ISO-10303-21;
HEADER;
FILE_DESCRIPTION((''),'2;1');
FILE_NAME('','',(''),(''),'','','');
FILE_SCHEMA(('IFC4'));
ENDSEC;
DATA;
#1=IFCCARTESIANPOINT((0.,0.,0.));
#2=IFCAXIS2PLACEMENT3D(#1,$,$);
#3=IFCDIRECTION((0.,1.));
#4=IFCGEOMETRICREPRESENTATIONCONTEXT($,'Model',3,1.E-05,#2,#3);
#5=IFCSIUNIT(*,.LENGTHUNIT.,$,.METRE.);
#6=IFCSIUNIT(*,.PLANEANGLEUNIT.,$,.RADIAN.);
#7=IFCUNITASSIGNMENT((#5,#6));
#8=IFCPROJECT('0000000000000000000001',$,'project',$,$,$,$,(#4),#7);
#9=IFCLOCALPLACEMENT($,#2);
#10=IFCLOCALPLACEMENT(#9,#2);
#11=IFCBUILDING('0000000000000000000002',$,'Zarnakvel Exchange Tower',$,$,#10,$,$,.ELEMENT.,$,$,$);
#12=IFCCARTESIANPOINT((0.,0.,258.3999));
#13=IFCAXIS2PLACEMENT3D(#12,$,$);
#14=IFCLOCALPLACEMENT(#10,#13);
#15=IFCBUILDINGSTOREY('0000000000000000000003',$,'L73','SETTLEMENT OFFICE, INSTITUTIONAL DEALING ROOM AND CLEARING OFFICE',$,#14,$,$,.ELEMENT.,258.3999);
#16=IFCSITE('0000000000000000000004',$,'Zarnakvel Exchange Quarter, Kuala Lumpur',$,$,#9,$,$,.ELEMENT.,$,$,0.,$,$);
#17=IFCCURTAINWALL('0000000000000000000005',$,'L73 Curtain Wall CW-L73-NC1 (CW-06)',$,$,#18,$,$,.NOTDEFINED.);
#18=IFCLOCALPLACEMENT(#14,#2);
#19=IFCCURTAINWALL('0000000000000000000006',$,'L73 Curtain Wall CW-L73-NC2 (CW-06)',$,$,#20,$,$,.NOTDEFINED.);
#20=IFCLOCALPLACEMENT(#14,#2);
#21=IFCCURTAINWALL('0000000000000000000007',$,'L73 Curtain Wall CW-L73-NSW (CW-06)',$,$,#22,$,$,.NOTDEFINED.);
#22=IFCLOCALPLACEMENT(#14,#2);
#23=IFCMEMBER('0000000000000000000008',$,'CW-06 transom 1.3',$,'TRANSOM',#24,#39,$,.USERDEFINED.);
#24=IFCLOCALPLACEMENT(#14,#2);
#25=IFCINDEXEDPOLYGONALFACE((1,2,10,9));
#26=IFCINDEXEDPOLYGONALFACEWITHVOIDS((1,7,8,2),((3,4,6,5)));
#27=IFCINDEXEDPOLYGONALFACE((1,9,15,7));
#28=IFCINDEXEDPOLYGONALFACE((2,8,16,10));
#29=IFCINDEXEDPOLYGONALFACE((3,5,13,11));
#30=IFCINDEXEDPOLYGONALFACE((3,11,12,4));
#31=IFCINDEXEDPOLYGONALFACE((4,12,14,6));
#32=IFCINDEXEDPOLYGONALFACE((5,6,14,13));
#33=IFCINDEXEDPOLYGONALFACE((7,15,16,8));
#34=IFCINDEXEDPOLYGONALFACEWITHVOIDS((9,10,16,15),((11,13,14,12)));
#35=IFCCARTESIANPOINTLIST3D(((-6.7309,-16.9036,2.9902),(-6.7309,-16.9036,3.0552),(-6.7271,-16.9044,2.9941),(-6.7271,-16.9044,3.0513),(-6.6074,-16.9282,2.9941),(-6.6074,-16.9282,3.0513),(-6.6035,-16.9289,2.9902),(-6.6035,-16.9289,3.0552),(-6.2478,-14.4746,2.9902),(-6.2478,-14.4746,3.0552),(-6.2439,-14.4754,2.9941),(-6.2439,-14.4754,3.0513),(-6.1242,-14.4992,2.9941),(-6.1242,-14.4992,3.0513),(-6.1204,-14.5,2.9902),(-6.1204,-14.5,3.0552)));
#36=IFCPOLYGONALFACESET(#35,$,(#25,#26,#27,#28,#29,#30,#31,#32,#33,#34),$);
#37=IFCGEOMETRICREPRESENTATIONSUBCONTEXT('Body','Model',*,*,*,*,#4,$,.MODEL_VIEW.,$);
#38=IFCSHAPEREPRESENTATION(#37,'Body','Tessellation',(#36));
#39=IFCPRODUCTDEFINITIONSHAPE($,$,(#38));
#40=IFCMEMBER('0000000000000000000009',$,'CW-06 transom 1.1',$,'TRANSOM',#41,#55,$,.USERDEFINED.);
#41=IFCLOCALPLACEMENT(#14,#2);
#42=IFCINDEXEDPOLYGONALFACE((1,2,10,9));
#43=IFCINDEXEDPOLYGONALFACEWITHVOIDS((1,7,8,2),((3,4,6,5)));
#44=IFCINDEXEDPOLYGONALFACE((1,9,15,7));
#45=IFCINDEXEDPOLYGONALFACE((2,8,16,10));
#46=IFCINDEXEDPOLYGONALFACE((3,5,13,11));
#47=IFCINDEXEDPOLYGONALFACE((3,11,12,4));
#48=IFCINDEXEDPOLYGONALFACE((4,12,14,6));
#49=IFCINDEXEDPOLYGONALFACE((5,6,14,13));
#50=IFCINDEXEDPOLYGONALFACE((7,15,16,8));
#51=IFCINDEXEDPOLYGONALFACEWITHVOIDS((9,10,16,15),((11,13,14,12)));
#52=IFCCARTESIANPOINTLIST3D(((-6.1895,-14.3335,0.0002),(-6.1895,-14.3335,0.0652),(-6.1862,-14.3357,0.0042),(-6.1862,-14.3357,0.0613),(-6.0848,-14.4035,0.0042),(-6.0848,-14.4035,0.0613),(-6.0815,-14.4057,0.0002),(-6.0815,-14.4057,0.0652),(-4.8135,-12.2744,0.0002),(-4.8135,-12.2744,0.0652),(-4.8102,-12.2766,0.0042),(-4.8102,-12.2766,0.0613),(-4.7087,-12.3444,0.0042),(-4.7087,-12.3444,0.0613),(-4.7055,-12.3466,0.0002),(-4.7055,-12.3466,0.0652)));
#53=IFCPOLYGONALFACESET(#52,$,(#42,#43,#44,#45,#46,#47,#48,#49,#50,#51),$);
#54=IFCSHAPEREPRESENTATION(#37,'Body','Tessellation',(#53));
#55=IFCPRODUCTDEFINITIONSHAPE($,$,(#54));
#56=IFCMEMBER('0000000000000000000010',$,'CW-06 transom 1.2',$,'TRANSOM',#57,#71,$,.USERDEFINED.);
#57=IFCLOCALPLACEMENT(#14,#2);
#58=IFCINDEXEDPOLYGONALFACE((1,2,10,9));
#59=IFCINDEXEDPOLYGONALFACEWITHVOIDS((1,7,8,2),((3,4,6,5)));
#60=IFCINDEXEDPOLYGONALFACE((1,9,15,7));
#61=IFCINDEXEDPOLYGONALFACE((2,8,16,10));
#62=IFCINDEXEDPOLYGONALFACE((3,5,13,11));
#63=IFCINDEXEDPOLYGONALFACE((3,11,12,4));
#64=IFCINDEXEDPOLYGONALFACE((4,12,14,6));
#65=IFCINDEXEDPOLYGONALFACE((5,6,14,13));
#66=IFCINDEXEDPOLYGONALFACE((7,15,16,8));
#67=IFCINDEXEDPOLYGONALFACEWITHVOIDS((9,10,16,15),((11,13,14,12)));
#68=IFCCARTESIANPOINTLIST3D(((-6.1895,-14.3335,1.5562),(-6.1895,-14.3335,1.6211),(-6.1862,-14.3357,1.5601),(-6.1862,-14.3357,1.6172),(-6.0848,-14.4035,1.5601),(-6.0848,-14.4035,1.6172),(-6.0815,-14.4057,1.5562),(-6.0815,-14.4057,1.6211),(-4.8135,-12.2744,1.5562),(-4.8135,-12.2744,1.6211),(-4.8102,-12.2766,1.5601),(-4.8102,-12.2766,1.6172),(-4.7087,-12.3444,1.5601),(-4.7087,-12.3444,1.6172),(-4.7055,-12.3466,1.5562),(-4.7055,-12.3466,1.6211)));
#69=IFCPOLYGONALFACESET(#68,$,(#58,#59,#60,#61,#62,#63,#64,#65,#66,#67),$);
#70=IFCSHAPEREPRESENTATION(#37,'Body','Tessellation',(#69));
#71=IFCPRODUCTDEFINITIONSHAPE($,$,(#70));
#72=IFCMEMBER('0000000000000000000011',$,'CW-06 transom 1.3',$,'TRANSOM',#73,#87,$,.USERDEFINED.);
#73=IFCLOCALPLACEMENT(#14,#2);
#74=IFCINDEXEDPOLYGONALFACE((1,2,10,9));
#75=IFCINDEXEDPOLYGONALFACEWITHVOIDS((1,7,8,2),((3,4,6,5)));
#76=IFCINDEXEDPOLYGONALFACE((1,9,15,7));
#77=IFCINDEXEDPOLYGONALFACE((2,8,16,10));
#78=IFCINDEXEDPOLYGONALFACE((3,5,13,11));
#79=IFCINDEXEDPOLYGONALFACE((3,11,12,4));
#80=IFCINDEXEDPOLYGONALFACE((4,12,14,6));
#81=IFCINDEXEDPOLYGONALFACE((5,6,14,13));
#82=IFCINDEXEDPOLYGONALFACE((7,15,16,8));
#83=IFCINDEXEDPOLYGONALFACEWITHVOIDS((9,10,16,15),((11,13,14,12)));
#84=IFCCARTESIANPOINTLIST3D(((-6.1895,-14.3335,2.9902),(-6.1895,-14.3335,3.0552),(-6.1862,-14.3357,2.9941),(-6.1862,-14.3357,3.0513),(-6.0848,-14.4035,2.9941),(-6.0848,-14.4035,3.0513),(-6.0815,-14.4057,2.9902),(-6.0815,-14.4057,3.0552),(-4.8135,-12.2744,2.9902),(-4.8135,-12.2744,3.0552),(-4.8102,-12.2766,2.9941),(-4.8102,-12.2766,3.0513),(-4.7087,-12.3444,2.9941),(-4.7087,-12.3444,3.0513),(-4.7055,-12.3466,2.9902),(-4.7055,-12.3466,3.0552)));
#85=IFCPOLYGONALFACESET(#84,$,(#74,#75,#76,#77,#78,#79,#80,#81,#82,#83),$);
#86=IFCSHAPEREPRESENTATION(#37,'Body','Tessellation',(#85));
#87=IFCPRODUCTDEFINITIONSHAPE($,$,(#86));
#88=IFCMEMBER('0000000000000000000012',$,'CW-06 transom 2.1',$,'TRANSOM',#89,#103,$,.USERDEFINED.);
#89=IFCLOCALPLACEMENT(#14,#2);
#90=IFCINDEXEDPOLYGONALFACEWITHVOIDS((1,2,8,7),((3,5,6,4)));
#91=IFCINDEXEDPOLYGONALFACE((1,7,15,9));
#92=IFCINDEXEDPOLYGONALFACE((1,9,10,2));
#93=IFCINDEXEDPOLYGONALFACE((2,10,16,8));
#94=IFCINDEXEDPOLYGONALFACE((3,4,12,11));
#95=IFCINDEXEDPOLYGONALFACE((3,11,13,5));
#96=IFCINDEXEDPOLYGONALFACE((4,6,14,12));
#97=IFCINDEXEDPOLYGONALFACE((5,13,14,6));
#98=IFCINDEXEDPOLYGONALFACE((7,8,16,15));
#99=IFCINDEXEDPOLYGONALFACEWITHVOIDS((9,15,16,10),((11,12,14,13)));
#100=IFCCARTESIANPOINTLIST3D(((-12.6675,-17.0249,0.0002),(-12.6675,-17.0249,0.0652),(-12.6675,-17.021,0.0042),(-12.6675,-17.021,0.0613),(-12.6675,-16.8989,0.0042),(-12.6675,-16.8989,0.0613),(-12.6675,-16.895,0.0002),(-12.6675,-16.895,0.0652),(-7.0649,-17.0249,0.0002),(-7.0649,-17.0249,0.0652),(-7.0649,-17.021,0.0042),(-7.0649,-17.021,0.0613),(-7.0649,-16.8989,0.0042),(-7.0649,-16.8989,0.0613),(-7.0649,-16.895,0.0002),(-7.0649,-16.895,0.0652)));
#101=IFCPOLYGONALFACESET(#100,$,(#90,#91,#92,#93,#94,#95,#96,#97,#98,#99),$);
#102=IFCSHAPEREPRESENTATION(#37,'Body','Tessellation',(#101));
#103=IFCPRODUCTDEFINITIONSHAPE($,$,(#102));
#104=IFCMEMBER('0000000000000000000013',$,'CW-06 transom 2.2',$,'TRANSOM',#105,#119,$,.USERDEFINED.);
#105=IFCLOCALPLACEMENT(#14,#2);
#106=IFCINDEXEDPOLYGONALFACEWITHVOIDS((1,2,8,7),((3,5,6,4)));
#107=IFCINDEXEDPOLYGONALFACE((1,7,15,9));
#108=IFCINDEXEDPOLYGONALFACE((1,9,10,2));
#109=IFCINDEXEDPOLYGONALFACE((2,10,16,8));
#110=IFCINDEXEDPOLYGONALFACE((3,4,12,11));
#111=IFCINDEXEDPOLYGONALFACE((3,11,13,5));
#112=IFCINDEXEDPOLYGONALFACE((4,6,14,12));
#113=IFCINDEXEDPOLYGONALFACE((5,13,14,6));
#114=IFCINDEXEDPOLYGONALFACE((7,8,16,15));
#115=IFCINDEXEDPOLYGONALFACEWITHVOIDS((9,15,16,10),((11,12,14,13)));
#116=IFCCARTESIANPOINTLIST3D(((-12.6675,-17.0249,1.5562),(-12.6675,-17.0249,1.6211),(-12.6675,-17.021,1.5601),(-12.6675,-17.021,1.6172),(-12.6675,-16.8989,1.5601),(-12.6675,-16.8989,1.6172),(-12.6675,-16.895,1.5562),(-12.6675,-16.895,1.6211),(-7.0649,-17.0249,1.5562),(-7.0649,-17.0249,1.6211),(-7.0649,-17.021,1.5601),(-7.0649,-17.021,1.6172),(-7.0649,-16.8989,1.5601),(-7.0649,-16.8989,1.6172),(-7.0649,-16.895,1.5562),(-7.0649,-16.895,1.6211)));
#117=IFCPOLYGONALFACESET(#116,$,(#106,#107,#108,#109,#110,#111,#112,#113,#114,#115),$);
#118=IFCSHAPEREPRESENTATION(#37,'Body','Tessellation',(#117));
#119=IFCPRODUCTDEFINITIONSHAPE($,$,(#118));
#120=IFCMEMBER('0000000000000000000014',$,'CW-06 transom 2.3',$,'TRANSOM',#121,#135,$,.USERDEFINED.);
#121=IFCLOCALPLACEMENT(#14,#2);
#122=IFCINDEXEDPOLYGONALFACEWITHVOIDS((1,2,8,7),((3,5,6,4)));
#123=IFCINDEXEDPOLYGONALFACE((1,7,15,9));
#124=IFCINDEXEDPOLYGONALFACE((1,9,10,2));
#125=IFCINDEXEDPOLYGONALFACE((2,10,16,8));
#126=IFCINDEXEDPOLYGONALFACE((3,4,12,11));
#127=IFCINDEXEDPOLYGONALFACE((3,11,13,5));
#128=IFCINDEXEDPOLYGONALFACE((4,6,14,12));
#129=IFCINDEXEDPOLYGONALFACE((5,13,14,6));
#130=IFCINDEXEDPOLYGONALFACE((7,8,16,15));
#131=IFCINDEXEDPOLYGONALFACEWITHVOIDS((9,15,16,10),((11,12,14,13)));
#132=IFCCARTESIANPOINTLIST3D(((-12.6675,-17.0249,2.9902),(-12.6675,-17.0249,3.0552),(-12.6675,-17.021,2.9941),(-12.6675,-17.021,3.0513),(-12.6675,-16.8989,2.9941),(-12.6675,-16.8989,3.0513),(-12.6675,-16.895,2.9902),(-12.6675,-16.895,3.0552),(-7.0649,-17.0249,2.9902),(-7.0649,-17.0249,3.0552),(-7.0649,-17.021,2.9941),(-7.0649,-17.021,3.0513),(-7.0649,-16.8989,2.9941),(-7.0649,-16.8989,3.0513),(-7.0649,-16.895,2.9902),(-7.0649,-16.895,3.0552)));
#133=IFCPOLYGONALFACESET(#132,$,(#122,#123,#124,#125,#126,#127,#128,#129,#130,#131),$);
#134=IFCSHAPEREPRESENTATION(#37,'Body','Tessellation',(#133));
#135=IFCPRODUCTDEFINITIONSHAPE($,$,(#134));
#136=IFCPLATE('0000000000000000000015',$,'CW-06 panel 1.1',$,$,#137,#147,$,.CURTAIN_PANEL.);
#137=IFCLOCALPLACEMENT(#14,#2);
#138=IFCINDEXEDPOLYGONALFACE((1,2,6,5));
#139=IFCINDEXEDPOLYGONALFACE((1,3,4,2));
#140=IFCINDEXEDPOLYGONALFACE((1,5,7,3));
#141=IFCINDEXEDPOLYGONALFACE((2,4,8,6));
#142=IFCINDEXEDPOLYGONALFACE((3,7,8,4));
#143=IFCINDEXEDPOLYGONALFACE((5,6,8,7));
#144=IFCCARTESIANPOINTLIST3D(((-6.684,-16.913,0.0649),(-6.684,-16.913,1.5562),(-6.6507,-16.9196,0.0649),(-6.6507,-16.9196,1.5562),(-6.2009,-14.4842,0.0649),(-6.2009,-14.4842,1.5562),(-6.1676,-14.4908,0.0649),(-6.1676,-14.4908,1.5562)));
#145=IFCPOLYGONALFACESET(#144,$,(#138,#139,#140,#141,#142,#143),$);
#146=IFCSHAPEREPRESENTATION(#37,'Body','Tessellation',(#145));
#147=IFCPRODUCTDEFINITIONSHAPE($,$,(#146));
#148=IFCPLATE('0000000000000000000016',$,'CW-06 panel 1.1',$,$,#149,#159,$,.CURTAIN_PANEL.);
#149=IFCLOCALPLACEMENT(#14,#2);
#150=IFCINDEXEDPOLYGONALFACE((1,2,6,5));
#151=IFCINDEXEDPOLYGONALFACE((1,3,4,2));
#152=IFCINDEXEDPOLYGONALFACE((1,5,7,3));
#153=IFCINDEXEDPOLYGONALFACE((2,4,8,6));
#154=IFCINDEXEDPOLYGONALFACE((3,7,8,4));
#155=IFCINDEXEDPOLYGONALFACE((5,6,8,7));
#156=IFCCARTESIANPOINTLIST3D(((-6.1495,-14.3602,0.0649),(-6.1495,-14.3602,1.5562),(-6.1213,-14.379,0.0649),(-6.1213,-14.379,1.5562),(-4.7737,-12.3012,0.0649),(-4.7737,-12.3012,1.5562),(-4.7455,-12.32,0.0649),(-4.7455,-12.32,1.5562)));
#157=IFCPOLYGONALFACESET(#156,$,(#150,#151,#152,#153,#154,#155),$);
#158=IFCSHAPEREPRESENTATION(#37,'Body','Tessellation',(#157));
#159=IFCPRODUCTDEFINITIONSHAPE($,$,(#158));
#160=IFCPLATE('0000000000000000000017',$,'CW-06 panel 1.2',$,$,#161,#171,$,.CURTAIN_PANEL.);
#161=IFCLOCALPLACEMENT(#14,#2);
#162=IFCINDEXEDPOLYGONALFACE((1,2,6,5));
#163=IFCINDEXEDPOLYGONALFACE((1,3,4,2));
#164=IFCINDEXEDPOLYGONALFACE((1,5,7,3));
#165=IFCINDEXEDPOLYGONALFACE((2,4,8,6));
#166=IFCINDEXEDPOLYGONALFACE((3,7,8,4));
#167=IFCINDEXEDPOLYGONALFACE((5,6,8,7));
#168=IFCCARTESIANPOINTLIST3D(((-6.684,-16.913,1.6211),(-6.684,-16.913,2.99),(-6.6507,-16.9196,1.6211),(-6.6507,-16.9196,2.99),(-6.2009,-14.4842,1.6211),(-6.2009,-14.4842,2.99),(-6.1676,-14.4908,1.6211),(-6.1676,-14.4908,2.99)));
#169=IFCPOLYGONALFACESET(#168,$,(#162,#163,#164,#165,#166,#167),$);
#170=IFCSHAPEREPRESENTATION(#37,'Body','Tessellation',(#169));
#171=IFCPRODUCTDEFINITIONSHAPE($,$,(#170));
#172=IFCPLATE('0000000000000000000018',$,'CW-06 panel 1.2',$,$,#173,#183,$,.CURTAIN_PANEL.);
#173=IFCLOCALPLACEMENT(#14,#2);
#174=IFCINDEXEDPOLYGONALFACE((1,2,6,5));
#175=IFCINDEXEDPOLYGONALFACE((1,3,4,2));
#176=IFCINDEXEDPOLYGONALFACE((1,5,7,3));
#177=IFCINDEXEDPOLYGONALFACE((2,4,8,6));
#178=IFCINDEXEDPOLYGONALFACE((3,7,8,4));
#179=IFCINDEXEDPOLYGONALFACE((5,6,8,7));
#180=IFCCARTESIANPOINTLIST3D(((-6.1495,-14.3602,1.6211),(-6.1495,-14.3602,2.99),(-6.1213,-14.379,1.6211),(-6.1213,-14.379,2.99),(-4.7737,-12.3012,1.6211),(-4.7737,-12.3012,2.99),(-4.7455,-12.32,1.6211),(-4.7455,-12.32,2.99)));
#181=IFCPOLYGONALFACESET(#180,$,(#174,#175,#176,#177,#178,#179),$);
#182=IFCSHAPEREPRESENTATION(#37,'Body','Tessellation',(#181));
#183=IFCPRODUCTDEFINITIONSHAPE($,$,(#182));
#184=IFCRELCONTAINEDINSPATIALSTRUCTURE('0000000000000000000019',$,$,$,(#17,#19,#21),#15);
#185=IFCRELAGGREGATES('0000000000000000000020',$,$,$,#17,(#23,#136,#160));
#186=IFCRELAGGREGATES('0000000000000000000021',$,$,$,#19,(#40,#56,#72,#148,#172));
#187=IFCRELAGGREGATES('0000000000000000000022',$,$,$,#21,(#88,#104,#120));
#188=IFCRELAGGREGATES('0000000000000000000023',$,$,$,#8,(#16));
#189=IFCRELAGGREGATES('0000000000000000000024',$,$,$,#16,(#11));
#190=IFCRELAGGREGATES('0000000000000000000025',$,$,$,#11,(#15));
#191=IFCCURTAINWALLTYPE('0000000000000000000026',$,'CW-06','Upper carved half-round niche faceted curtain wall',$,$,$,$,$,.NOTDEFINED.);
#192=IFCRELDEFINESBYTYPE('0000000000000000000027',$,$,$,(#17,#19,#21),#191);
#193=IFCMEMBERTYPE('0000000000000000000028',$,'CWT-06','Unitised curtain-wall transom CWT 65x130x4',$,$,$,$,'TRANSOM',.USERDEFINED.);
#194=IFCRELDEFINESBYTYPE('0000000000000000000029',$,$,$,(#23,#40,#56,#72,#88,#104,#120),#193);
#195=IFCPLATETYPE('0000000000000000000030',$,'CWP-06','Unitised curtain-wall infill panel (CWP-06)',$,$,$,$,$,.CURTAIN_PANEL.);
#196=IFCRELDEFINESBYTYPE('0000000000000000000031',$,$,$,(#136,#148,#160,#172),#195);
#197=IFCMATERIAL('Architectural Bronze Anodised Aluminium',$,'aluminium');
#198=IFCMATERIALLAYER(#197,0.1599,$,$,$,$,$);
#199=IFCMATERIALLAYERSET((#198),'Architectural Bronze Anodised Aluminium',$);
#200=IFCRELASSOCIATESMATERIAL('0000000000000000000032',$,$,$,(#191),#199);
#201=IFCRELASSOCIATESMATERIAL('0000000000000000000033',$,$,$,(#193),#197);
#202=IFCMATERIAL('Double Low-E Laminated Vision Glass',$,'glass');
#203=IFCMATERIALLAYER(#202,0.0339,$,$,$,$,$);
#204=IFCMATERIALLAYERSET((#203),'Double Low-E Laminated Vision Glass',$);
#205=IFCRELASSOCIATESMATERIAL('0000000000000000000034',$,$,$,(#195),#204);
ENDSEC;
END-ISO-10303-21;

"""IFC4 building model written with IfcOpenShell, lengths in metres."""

from ifc_helpers import new_model, si_unit, direction, frame, origin, origin_2d, place, context, subcontext, project, spatial, rectangle, hollow_rectangle, extrude, source, transform, mapped, material, layer, layer_set, material_profile, profile_set, type_object, element, aggregate, save


model = new_model("IFC4")

# Units and contexts
model_context = context("Model", 3, precision=1e-05, world=origin(), true_north=direction((0.0, 1.0)))
body_context = subcontext(model_context, "Body", "Model", "MODEL_VIEW")
ifc_project = project(units=[si_unit("LENGTHUNIT", "METRE"), si_unit("PLANEANGLEUNIT", "RADIAN")], contexts=[model_context])

# Site, building, storey
site_placement = place(None, origin())
site = spatial("IfcSite", under=ifc_project, at=site_placement, Name="Zarnakvel Exchange Quarter, Kuala Lumpur", CompositionType="ELEMENT", RefElevation=0.0)
building_placement = place(site_placement, origin())
building = spatial("IfcBuilding", under=site, at=building_placement, Name="Zarnakvel Exchange Tower", CompositionType="ELEMENT")
storey_placement = place(building_placement, frame((0.0, 0.0, 258.3999)))
storey = spatial("IfcBuildingStorey", under=building, at=storey_placement, Name="L73", Description="SETTLEMENT OFFICE, INSTITUTIONAL DEALING ROOM AND CLEARING OFFICE", CompositionType="ELEMENT", Elevation=258.3999)

# Curtain wall
ifc_material_1 = material(Name="Architectural Bronze Anodised Aluminium", Category="aluminium")
ifc_layer_1 = layer(ifc_material_1, 0.1599)
ifc_layer_set_1 = layer_set([ifc_layer_1], Name="Architectural Bronze Anodised Aluminium")
curtain_wall_type = type_object("IfcCurtainWallType", Name="CW-06", Description="Upper carved half-round niche faceted curtain wall", PredefinedType="NOTDEFINED", material=ifc_layer_set_1)
curtain_wall_1_placement = place(storey_placement, origin())
curtain_wall_1 = element("IfcCurtainWall", 1, at=curtain_wall_1_placement, inside=storey, type_object=curtain_wall_type, Name="L73 Curtain Wall CW-L73-NC1 (CW-06)", PredefinedType="NOTDEFINED")

# Curtain wall
curtain_wall_2_placement = place(storey_placement, origin())
curtain_wall_2 = element("IfcCurtainWall", 2, at=curtain_wall_2_placement, inside=storey, type_object=curtain_wall_type, Name="L73 Curtain Wall CW-L73-NC2 (CW-06)", PredefinedType="NOTDEFINED")

# Curtain wall
curtain_wall_3_placement = place(storey_placement, origin())
curtain_wall_3 = element("IfcCurtainWall", 3, at=curtain_wall_3_placement, inside=storey, type_object=curtain_wall_type, Name="L73 Curtain Wall CW-L73-NSW (CW-06)", PredefinedType="NOTDEFINED")

# Members
ifc_material_profile_1 = material_profile(ifc_material_1, hollow_rectangle(XDim=0.1299, YDim=0.0649, WallThickness=0.0039, at=origin_2d()))
ifc_profile_set_1 = profile_set([ifc_material_profile_1], Name="Architectural Bronze Anodised Aluminium")
member_type_1 = type_object("IfcMemberType", Name="CWT-06", Description="Unitised curtain-wall transom CWT 65x130x4", ElementType="TRANSOM", PredefinedType="USERDEFINED", material=ifc_profile_set_1)
shared_shape_1 = source(origin(), body_context, "Body", "SweptSolid", [
    extrude(hollow_rectangle(XDim=0.1299, YDim=0.0649, WallThickness=0.0039, at=origin_2d()), origin(), (0.0, 0.0, 1.0), 2.4766),
])
member_1_placement = place(storey_placement, frame((-6.6672, -16.9163, 3.0227), z_axis=(0.195092, 0.980785, 0.0), x_axis=(-0.980785, 0.195092, 0.0)))
member_1 = element("IfcMember", 4, at=member_1_placement, type_object=member_type_1, Name="CW-06 transom 1.3", ObjectType="TRANSOM", PredefinedType="USERDEFINED", context=body_context, shape_type="MappedRepresentation", body=[
    mapped(shared_shape_1, transform((0.0, 0.0, 0.0), x_axis=(1.0, 0.0, 0.0), y_axis=(0.0, 1.0, 0.0), z_axis=(0.0, 0.0, 1.0), scale=1.0)),
])
member_2_placement = place(storey_placement, frame((-6.1355, -14.3696, 0.0327), z_axis=(0.55561, 0.831443, 0.0), x_axis=(-0.831443, 0.55561, 0.0)))
member_2 = element("IfcMember", 5, at=member_2_placement, type_object=member_type_1, Name="CW-06 transom 1.1", ObjectType="TRANSOM", PredefinedType="USERDEFINED", context=body_context, shape_type="MappedRepresentation", body=[
    mapped(shared_shape_1, transform((0.0, 0.0, 0.0), x_axis=(1.0, 0.0, 0.0), y_axis=(0.0, 1.0, 0.0), z_axis=(0.0, 0.0, 1.0), scale=1.0)),
])
member_3_placement = place(storey_placement, frame((-6.1355, -14.3696, 1.5886), z_axis=(0.55561, 0.831443, 0.0), x_axis=(-0.831443, 0.55561, 0.0)))
member_3 = element("IfcMember", 6, at=member_3_placement, type_object=member_type_1, Name="CW-06 transom 1.2", ObjectType="TRANSOM", PredefinedType="USERDEFINED", context=body_context, shape_type="MappedRepresentation", body=[
    mapped(shared_shape_1, transform((0.0, 0.0, 0.0), x_axis=(1.0, 0.0, 0.0), y_axis=(0.0, 1.0, 0.0), z_axis=(0.0, 0.0, 1.0), scale=1.0)),
])
member_4_placement = place(storey_placement, frame((-6.1355, -14.3696, 3.0227), z_axis=(0.55561, 0.831443, 0.0), x_axis=(-0.831443, 0.55561, 0.0)))
member_4 = element("IfcMember", 7, at=member_4_placement, type_object=member_type_1, Name="CW-06 transom 1.3", ObjectType="TRANSOM", PredefinedType="USERDEFINED", context=body_context, shape_type="MappedRepresentation", body=[
    mapped(shared_shape_1, transform((0.0, 0.0, 0.0), x_axis=(1.0, 0.0, 0.0), y_axis=(0.0, 1.0, 0.0), z_axis=(0.0, 0.0, 1.0), scale=1.0)),
])
shared_shape_2 = source(origin(), body_context, "Body", "SweptSolid", [
    extrude(hollow_rectangle(XDim=0.1299, YDim=0.0649, WallThickness=0.0039, at=origin_2d()), origin(), (0.0, 0.0, 1.0), 5.6025),
])
member_5_placement = place(storey_placement, frame((-12.6675, -16.96, 0.0327), z_axis=(1.0, 0.0, 0.0), x_axis=(0.0, 1.0, 0.0)))
member_5 = element("IfcMember", 8, at=member_5_placement, type_object=member_type_1, Name="CW-06 transom 2.1", ObjectType="TRANSOM", PredefinedType="USERDEFINED", context=body_context, shape_type="MappedRepresentation", body=[
    mapped(shared_shape_2, transform((0.0, 0.0, 0.0), x_axis=(1.0, 0.0, 0.0), y_axis=(0.0, 1.0, 0.0), z_axis=(0.0, 0.0, 1.0), scale=1.0)),
])
member_6_placement = place(storey_placement, frame((-12.6675, -16.96, 1.5886), z_axis=(1.0, 0.0, 0.0), x_axis=(0.0, 1.0, 0.0)))
member_6 = element("IfcMember", 9, at=member_6_placement, type_object=member_type_1, Name="CW-06 transom 2.2", ObjectType="TRANSOM", PredefinedType="USERDEFINED", context=body_context, shape_type="MappedRepresentation", body=[
    mapped(shared_shape_2, transform((0.0, 0.0, 0.0), x_axis=(1.0, 0.0, 0.0), y_axis=(0.0, 1.0, 0.0), z_axis=(0.0, 0.0, 1.0), scale=1.0)),
])
member_7_placement = place(storey_placement, frame((-12.6675, -16.96, 3.0227), z_axis=(1.0, 0.0, 0.0), x_axis=(0.0, 1.0, 0.0)))
member_7 = element("IfcMember", 10, at=member_7_placement, type_object=member_type_1, Name="CW-06 transom 2.3", ObjectType="TRANSOM", PredefinedType="USERDEFINED", context=body_context, shape_type="MappedRepresentation", body=[
    mapped(shared_shape_2, transform((0.0, 0.0, 0.0), x_axis=(1.0, 0.0, 0.0), y_axis=(0.0, 1.0, 0.0), z_axis=(0.0, 0.0, 1.0), scale=1.0)),
])

# Plates
ifc_material_2 = material(Name="Double Low-E Laminated Vision Glass", Category="glass")
ifc_layer_2 = layer(ifc_material_2, 0.0339)
ifc_layer_set_2 = layer_set([ifc_layer_2], Name="Double Low-E Laminated Vision Glass")
plate_type = type_object("IfcPlateType", Name="CWP-06", Description="Unitised curtain-wall infill panel (CWP-06)", PredefinedType="CURTAIN_PANEL", material=ifc_layer_set_2)
shared_shape_3 = source(origin(), body_context, "Body", "SweptSolid", [
    extrude(rectangle(XDim=2.4763, YDim=0.0339, at=origin_2d()), origin(), (0.0, 0.0, 1.0), 1.4912),
])
plate_1_placement = place(storey_placement, frame((-6.4258, -15.7019, 0.0649), z_axis=(0.0, 0.0, 1.0), x_axis=(0.19509, 0.980785, 0.0)))
plate_1 = element("IfcPlate", 11, at=plate_1_placement, type_object=plate_type, Name="CW-06 panel 1.1", PredefinedType="CURTAIN_PANEL", context=body_context, shape_type="MappedRepresentation", body=[
    mapped(shared_shape_3, transform((0.0, 0.0, 0.0), x_axis=(1.0, 0.0, 0.0), y_axis=(0.0, 1.0, 0.0), z_axis=(0.0, 0.0, 1.0), scale=1.0)),
])
plate_2_placement = place(storey_placement, frame((-5.4475, -13.3401, 0.0649), z_axis=(0.0, 0.0, 1.0), x_axis=(0.55557, 0.83147, 0.0)))
plate_2 = element("IfcPlate", 12, at=plate_2_placement, type_object=plate_type, Name="CW-06 panel 1.1", PredefinedType="CURTAIN_PANEL", context=body_context, shape_type="MappedRepresentation", body=[
    mapped(shared_shape_3, transform((0.0, 0.0, 0.0), x_axis=(1.0, 0.0, 0.0), y_axis=(0.0, 1.0, 0.0), z_axis=(0.0, 0.0, 1.0), scale=1.0)),
])
shared_shape_4 = source(origin(), body_context, "Body", "SweptSolid", [
    extrude(rectangle(XDim=2.4763, YDim=0.0339, at=origin_2d()), origin(), (0.0, 0.0, 1.0), 1.3689),
])
plate_3_placement = place(storey_placement, frame((-6.4258, -15.7019, 1.6211), z_axis=(0.0, 0.0, 1.0), x_axis=(0.19509, 0.980785, 0.0)))
plate_3 = element("IfcPlate", 13, at=plate_3_placement, type_object=plate_type, Name="CW-06 panel 1.2", PredefinedType="CURTAIN_PANEL", context=body_context, shape_type="MappedRepresentation", body=[
    mapped(shared_shape_4, transform((0.0, 0.0, 0.0), x_axis=(1.0, 0.0, 0.0), y_axis=(0.0, 1.0, 0.0), z_axis=(0.0, 0.0, 1.0), scale=1.0)),
])
aggregate(curtain_wall_1, [member_1, plate_1, plate_3])
plate_4_placement = place(storey_placement, frame((-5.4475, -13.3401, 1.6211), z_axis=(0.0, 0.0, 1.0), x_axis=(0.55557, 0.83147, 0.0)))
plate_4 = element("IfcPlate", 14, at=plate_4_placement, type_object=plate_type, Name="CW-06 panel 1.2", PredefinedType="CURTAIN_PANEL", context=body_context, shape_type="MappedRepresentation", body=[
    mapped(shared_shape_4, transform((0.0, 0.0, 0.0), x_axis=(1.0, 0.0, 0.0), y_axis=(0.0, 1.0, 0.0), z_axis=(0.0, 0.0, 1.0), scale=1.0)),
])
aggregate(curtain_wall_2, [member_2, member_3, member_4, plate_2, plate_4])
aggregate(curtain_wall_3, [member_5, member_6, member_7])

save(model, "model.ifc")
